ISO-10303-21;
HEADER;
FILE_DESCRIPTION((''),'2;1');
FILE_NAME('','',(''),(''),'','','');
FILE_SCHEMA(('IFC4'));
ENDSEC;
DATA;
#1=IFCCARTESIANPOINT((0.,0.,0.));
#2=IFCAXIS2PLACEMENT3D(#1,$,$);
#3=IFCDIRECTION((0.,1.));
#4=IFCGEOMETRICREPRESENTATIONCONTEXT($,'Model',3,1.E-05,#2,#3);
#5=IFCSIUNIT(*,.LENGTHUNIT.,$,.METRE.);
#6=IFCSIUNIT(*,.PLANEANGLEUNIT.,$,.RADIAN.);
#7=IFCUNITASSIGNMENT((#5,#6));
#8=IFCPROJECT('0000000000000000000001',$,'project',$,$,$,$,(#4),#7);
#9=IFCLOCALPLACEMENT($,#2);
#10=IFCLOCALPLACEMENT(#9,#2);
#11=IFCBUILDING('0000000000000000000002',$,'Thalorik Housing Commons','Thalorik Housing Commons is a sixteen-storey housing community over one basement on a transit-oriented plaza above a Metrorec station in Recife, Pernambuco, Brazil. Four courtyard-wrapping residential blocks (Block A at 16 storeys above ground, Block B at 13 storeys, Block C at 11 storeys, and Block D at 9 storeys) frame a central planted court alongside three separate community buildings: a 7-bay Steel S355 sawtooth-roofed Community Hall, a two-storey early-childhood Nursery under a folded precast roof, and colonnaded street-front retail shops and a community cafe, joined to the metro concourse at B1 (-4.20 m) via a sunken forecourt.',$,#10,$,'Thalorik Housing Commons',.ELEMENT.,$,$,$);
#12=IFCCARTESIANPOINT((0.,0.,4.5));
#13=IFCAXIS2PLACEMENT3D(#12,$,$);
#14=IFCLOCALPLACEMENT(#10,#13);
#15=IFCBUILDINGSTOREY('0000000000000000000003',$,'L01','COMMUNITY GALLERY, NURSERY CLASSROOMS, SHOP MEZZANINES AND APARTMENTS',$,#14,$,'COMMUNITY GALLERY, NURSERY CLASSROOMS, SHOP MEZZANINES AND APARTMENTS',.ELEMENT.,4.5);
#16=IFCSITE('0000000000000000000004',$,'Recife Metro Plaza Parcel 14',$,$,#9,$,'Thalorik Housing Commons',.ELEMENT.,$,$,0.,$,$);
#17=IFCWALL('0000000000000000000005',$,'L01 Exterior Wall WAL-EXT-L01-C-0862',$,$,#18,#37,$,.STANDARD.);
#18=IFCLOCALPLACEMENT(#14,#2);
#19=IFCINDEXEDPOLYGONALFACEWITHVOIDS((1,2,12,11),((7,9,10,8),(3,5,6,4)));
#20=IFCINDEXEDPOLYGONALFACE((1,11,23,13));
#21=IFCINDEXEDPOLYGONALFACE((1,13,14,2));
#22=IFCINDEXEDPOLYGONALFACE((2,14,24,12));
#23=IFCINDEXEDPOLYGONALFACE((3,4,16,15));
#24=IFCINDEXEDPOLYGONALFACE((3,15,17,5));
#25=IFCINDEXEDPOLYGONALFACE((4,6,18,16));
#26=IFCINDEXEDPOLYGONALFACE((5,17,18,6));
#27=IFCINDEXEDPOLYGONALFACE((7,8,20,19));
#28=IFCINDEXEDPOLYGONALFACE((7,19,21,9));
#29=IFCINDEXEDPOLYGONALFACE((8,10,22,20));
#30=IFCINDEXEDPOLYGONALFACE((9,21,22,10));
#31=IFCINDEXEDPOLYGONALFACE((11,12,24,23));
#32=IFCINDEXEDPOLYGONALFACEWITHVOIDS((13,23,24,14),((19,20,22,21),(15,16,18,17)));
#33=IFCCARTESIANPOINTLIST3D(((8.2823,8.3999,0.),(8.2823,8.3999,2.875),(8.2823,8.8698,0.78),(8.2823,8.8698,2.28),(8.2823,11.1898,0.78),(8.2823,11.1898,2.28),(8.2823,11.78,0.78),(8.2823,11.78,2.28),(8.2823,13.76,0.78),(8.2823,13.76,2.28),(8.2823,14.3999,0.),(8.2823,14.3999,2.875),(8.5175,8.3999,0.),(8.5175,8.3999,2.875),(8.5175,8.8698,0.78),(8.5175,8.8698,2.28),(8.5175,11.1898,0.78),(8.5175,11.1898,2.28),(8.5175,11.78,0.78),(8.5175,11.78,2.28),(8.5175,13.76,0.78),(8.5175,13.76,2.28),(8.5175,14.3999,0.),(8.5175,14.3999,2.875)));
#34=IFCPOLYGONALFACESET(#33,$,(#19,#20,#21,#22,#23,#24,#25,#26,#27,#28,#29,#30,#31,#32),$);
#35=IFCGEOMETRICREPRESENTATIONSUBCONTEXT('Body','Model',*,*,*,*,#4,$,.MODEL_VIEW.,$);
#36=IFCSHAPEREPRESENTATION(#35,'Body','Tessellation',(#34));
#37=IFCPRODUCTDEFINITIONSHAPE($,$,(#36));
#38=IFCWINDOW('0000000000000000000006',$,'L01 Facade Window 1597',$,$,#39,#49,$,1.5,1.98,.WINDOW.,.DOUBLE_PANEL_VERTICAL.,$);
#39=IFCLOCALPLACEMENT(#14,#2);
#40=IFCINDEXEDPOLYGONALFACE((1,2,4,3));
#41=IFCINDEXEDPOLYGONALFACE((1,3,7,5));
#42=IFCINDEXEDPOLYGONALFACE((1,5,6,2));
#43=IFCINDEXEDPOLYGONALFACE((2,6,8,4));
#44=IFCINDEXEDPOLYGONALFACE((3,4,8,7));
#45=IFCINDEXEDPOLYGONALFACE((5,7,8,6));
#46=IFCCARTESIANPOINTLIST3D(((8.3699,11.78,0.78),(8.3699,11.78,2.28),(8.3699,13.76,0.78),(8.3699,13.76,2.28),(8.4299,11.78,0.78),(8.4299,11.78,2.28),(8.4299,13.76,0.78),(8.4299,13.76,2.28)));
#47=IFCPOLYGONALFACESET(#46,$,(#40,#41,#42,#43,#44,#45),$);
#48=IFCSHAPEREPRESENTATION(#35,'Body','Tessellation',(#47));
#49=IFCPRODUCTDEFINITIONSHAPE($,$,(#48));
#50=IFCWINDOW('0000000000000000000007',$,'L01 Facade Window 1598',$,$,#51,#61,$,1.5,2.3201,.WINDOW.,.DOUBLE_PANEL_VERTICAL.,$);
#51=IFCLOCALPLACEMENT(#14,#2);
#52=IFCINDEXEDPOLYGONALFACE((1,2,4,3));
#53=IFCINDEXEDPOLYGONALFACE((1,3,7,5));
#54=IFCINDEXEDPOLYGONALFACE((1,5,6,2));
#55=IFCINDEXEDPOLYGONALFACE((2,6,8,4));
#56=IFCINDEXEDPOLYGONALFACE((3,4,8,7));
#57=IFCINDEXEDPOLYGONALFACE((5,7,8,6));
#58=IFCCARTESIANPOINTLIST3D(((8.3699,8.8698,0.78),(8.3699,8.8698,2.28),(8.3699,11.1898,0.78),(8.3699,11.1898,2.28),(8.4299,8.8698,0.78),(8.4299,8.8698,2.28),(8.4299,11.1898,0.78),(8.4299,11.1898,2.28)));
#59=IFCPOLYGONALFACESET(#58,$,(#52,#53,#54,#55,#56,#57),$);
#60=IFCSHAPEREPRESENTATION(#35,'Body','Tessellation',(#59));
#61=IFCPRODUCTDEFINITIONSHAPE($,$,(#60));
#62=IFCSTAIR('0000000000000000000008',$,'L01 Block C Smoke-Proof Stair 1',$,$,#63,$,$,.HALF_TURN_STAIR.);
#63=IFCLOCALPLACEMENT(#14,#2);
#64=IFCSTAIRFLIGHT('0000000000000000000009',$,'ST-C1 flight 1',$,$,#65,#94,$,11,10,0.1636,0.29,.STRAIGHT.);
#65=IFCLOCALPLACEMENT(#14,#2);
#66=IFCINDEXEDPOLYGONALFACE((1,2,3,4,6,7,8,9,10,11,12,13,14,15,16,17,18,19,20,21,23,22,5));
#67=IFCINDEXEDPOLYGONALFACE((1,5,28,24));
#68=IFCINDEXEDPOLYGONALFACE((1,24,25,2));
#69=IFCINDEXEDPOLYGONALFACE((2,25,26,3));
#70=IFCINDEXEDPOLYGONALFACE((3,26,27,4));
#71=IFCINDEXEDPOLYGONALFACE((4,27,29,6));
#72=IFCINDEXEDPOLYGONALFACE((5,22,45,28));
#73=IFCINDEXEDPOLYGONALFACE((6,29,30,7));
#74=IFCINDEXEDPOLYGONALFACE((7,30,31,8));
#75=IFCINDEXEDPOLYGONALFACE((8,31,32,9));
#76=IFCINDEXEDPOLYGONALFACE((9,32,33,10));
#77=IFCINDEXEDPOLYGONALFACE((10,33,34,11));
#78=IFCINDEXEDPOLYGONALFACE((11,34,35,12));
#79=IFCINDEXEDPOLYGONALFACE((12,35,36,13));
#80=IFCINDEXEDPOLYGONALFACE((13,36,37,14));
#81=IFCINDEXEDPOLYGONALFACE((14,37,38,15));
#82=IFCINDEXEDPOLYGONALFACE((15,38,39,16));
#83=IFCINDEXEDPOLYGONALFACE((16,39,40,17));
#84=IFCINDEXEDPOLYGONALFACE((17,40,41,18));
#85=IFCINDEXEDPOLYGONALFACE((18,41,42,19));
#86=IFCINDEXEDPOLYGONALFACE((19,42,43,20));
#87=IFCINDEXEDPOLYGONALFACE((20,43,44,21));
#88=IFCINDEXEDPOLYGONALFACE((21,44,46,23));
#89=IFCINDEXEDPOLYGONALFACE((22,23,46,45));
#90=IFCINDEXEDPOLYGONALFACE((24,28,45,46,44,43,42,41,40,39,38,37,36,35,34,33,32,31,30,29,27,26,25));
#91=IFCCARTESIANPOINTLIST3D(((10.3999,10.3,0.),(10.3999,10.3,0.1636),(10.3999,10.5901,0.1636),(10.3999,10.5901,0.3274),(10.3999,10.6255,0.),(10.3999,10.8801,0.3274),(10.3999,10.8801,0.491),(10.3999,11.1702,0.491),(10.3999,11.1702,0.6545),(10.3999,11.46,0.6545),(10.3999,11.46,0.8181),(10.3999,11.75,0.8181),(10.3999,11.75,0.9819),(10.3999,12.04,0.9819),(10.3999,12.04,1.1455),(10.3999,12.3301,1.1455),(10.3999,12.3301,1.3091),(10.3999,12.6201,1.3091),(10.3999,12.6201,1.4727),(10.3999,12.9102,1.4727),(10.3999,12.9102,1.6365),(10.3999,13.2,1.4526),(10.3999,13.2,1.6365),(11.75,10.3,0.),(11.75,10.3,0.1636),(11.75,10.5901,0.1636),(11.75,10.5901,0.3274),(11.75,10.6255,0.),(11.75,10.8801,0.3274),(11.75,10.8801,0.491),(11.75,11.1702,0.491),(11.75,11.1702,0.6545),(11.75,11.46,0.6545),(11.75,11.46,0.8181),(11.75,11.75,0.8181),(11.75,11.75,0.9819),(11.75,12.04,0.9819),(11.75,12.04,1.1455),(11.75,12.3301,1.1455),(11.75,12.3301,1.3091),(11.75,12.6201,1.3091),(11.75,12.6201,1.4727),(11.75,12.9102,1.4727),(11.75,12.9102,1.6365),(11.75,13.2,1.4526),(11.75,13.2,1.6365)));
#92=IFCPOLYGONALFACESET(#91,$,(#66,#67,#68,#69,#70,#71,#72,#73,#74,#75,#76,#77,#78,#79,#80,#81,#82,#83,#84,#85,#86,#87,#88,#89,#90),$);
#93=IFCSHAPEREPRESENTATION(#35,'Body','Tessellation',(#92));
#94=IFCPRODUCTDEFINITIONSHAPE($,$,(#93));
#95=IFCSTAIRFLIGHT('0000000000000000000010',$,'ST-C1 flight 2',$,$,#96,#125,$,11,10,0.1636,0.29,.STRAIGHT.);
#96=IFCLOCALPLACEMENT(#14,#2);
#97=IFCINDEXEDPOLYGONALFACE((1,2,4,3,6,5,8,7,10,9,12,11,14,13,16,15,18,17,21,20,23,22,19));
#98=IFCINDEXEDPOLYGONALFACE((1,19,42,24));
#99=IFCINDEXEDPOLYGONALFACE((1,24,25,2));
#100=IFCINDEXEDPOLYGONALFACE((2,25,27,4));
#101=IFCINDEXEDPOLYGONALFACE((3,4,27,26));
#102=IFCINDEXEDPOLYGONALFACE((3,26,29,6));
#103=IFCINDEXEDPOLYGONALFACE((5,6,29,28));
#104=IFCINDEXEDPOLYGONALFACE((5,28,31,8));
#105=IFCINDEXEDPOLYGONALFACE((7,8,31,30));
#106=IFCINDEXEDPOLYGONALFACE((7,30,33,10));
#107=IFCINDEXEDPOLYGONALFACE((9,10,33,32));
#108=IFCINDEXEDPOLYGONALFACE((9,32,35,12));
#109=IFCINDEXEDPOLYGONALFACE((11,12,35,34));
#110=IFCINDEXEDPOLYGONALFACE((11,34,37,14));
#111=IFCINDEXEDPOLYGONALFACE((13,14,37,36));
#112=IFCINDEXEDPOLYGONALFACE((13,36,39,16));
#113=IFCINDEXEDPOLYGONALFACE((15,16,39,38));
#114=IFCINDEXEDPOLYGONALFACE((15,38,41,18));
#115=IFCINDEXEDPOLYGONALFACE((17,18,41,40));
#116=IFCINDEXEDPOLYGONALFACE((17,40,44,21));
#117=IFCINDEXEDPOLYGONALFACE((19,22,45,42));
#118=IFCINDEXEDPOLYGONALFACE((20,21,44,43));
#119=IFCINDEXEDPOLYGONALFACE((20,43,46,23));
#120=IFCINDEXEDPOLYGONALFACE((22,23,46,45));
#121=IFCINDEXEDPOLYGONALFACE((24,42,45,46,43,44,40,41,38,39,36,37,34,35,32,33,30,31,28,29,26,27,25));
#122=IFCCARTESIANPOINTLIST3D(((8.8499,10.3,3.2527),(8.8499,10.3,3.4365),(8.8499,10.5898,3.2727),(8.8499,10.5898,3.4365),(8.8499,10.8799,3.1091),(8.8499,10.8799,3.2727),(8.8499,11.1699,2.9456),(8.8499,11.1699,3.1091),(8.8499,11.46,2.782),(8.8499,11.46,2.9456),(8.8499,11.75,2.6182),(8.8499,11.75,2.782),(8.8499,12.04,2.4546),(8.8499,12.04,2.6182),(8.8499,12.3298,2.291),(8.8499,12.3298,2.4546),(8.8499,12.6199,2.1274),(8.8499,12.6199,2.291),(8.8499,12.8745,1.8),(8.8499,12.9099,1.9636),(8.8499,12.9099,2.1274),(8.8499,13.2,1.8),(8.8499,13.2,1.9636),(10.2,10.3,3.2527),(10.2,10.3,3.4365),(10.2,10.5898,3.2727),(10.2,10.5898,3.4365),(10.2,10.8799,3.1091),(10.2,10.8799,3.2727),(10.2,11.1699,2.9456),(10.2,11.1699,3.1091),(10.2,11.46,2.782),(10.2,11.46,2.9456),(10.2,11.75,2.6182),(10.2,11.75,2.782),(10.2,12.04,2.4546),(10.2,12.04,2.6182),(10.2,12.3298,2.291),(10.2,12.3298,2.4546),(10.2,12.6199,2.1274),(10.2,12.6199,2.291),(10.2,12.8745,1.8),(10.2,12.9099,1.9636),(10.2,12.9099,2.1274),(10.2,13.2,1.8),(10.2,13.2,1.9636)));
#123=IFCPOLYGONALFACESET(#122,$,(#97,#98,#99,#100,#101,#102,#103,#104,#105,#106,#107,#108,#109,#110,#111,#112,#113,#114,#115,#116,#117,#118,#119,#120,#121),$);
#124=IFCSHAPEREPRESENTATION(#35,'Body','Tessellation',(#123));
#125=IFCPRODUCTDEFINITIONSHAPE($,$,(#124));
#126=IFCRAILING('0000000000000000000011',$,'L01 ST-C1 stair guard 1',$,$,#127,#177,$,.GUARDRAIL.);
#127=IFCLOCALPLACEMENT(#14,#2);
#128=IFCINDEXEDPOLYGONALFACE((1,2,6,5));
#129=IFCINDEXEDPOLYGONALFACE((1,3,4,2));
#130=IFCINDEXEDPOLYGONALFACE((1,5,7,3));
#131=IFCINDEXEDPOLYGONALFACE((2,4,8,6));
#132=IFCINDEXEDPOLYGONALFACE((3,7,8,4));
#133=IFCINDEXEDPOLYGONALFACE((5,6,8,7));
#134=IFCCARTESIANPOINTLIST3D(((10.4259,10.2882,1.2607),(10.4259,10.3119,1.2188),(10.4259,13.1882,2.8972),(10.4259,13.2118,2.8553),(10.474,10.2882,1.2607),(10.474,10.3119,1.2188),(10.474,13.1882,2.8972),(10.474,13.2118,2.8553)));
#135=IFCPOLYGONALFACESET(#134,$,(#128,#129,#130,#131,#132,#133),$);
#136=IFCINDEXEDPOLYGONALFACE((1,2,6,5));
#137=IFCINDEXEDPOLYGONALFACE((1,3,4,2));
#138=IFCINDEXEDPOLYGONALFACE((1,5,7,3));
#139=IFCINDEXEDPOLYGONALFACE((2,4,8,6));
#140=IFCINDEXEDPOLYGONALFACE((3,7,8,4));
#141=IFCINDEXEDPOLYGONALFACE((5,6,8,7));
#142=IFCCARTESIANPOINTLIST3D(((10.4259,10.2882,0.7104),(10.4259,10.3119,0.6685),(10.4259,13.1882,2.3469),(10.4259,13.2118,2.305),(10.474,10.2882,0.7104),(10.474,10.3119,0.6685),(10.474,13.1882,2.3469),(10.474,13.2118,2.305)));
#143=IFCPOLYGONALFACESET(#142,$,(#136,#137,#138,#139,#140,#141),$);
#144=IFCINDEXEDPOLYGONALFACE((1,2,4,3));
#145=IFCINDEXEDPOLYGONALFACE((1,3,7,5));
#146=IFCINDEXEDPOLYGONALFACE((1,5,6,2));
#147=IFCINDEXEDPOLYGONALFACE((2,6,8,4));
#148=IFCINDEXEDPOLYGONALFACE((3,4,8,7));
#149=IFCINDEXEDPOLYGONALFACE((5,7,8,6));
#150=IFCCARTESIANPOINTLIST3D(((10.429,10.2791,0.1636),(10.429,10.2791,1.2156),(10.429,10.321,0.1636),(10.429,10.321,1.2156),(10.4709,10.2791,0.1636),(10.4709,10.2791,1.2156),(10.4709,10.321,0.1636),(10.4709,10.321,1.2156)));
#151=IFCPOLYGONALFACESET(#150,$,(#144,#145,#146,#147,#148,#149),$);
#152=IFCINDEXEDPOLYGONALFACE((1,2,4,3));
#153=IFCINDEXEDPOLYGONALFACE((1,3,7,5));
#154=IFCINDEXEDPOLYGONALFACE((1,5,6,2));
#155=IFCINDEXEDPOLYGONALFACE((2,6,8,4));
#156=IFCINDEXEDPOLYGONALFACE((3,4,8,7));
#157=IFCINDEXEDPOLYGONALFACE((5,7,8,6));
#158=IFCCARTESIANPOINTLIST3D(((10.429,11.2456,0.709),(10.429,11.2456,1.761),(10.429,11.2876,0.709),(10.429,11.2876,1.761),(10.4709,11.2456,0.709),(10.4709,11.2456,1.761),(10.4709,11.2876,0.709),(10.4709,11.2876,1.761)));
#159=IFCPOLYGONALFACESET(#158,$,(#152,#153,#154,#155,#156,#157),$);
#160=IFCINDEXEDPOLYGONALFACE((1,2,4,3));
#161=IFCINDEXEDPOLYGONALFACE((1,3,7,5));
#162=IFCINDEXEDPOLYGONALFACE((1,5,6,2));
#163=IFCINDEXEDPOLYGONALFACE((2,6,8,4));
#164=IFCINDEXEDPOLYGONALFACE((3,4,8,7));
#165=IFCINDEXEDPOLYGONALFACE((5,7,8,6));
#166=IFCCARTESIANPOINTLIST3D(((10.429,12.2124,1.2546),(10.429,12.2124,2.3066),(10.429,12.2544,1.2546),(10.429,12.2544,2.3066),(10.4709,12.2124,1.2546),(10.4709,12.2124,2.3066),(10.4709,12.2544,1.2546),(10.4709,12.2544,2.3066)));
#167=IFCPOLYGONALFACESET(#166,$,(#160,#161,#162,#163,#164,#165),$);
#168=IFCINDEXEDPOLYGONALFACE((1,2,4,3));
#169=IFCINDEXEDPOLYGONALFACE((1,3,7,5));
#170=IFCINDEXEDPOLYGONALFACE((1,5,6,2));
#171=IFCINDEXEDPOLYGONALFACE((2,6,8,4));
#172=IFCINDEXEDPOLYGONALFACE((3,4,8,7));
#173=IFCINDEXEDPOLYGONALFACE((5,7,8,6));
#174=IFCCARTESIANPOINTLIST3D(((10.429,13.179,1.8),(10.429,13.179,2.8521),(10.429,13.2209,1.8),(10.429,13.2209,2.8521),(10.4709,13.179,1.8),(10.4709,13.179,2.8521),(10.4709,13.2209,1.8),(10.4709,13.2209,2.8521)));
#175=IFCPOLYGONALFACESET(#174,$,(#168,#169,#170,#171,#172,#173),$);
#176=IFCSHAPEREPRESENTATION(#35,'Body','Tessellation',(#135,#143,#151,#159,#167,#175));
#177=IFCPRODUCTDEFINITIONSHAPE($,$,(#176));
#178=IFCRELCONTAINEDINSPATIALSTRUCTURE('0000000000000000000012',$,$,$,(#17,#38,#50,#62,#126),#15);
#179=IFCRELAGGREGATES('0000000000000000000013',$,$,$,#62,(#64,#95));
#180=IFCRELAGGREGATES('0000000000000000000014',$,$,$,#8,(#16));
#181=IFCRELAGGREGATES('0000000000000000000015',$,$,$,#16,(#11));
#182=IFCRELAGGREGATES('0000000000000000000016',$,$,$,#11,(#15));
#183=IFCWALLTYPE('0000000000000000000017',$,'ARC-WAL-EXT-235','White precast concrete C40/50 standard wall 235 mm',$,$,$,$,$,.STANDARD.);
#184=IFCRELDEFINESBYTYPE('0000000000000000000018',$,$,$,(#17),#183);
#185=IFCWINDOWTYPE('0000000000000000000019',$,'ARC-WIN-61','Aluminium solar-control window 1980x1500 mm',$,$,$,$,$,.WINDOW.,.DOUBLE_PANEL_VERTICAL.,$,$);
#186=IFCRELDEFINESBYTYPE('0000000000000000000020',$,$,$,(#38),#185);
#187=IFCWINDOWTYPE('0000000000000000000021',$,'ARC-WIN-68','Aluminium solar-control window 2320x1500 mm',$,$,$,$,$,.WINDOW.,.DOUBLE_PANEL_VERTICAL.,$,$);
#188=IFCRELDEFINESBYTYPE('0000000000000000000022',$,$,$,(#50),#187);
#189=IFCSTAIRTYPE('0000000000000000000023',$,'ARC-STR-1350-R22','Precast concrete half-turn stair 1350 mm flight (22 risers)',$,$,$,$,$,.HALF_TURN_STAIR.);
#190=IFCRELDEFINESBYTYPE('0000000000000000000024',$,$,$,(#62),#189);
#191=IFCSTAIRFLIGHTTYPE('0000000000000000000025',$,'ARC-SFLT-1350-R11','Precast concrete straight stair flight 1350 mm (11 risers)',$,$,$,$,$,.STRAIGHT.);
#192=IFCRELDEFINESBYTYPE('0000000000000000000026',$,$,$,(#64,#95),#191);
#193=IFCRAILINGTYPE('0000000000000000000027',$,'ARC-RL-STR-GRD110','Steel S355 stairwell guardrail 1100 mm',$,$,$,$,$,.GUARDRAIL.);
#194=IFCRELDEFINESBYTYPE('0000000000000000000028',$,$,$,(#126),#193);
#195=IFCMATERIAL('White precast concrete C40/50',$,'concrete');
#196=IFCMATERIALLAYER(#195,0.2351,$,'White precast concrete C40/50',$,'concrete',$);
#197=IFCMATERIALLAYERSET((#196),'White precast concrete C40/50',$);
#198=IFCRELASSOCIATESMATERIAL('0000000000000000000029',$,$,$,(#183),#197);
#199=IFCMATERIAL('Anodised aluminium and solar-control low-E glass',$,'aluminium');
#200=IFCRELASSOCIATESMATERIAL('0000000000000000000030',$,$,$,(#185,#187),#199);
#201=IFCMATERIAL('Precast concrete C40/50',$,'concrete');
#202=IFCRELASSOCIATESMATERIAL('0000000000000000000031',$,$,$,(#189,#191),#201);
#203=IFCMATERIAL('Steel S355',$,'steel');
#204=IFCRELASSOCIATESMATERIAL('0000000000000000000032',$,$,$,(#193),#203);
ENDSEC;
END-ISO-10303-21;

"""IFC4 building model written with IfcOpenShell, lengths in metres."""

from ifc_helpers import new_model, si_unit, direction, frame, frame_2d, origin, origin_2d, place, context, subcontext, project, spatial, polyline, rectangle, outline, extrude, material, layer, layer_set, type_object, element, fill, aggregate, save


model = new_model("IFC4")

# Units and contexts
model_context = context("Model", 3, precision=1e-05, world=origin(), true_north=direction((0.0, 1.0)))
body_context = subcontext(model_context, "Body", "Model", "MODEL_VIEW")
ifc_project = project(units=[si_unit("LENGTHUNIT", "METRE"), si_unit("PLANEANGLEUNIT", "RADIAN")], contexts=[model_context])

# Site, building, storey
site_placement = place(None, origin())
site = spatial("IfcSite", under=ifc_project, at=site_placement, Name="Recife Metro Plaza Parcel 14", LongName="Thalorik Housing Commons", CompositionType="ELEMENT", RefElevation=0.0)
building_placement = place(site_placement, origin())
building = spatial("IfcBuilding", under=site, at=building_placement, Name="Thalorik Housing Commons", Description="Thalorik Housing Commons is a sixteen-storey housing community over one basement on a transit-oriented plaza above a Metrorec station in Recife, Pernambuco, Brazil. Four courtyard-wrapping residential blocks (Block A at 16 storeys above ground, Block B at 13 storeys, Block C at 11 storeys, and Block D at 9 storeys) frame a central planted court alongside three separate community buildings: a 7-bay Steel S355 sawtooth-roofed Community Hall, a two-storey early-childhood Nursery under a folded precast roof, and colonnaded street-front retail shops and a community cafe, joined to the metro concourse at B1 (-4.20 m) via a sunken forecourt.", LongName="Thalorik Housing Commons", CompositionType="ELEMENT")
storey_placement = place(building_placement, frame((0.0, 0.0, 4.5)))
storey = spatial("IfcBuildingStorey", under=building, at=storey_placement, Name="L01", Description="COMMUNITY GALLERY, NURSERY CLASSROOMS, SHOP MEZZANINES AND APARTMENTS", LongName="COMMUNITY GALLERY, NURSERY CLASSROOMS, SHOP MEZZANINES AND APARTMENTS", CompositionType="ELEMENT", Elevation=4.5)

# Shared definitions
ifc_material_1 = material(Name="Precast concrete C40/50", Category="concrete")

# Shared definitions
ifc_material_2 = material(Name="Steel S355", Category="steel")

# Wall, openings, windows
ifc_material_3 = material(Name="White precast concrete C40/50", Category="concrete")
ifc_layer_1 = layer(ifc_material_3, 0.2351, Name="White precast concrete C40/50", Category="concrete")
ifc_layer_set_1 = layer_set([ifc_layer_1], Name="White precast concrete C40/50")
wall_type_1 = type_object("IfcWallType", Name="ARC-WAL-EXT-235", Description="White precast concrete C40/50 standard wall 235 mm", PredefinedType="STANDARD", material=ifc_layer_set_1)
wall_1_placement = place(storey_placement, frame((8.3999, 14.3999, 0.0), z_axis=(0.0, 0.0, 1.0), x_axis=(0.0, -1.0, 0.0)))
wall_1 = element("IfcWall", 1, at=wall_1_placement, inside=storey, type_object=wall_type_1, Name="L01 Exterior Wall WAL-EXT-L01-C-0862", PredefinedType="STANDARD", context=body_context, shape_type="SweptSolid", body=[
    extrude(rectangle(XDim=6.0, YDim=0.2351, at=frame_2d((3.0, 0.0))), origin(), (0.0, 0.0, 1.0), 2.875),
])
opening_1_placement = place(wall_1_placement, frame((0.6399, 0.0, 0.78)))
opening_1 = element("IfcOpeningElement", 2, at=opening_1_placement, cuts=wall_1, PredefinedType="OPENING", context=body_context, shape_type="SweptSolid", body=[
    extrude(rectangle(XDim=1.98, YDim=1.5, at=frame_2d((0.99, 0.75))), frame((0.0, 0.1274, 0.0), z_axis=(0.0, -1.0, 0.0), x_axis=(1.0, 0.0, 0.0)), (0.0, 0.0, 1.0), 0.2551),
])
opening_2_placement = place(wall_1_placement, frame((3.21, 0.0, 0.78)))
opening_2 = element("IfcOpeningElement", 3, at=opening_2_placement, cuts=wall_1, PredefinedType="OPENING", context=body_context, shape_type="SweptSolid", body=[
    extrude(rectangle(XDim=2.3201, YDim=1.5, at=frame_2d((1.1602, 0.75))), frame((0.0, 0.1274, 0.0), z_axis=(0.0, -1.0, 0.0), x_axis=(1.0, 0.0, 0.0)), (0.0, 0.0, 1.0), 0.2551),
])
ifc_material_4 = material(Name="Anodised aluminium and solar-control low-E glass", Category="aluminium")
window_type_1 = type_object("IfcWindowType", Name="ARC-WIN-61", Description="Aluminium solar-control window 1980x1500 mm", PartitioningType="DOUBLE_PANEL_VERTICAL", PredefinedType="WINDOW", material=ifc_material_4)
window_1_placement = place(opening_1_placement, origin())
window_1 = element("IfcWindow", 4, at=window_1_placement, inside=storey, type_object=window_type_1, Name="L01 Facade Window 1597", OverallHeight=1.5, OverallWidth=1.98, PartitioningType="DOUBLE_PANEL_VERTICAL", PredefinedType="WINDOW", context=body_context, shape_type="SweptSolid", body=[
    extrude(rectangle(XDim=1.98, YDim=1.5, at=frame_2d((0.99, 0.75))), frame((0.0, 0.03, 0.0), z_axis=(0.0, -1.0, 0.0), x_axis=(1.0, 0.0, 0.0)), (0.0, 0.0, 1.0), 0.0601),
])
fill(opening_1, window_1)
window_type_2 = type_object("IfcWindowType", Name="ARC-WIN-68", Description="Aluminium solar-control window 2320x1500 mm", PartitioningType="DOUBLE_PANEL_VERTICAL", PredefinedType="WINDOW", material=ifc_material_4)
window_2_placement = place(opening_2_placement, origin())
window_2 = element("IfcWindow", 5, at=window_2_placement, inside=storey, type_object=window_type_2, Name="L01 Facade Window 1598", OverallHeight=1.5, OverallWidth=2.3201, PartitioningType="DOUBLE_PANEL_VERTICAL", PredefinedType="WINDOW", context=body_context, shape_type="SweptSolid", body=[
    extrude(rectangle(XDim=2.3201, YDim=1.5, at=frame_2d((1.1602, 0.75))), frame((0.0, 0.03, 0.0), z_axis=(0.0, -1.0, 0.0), x_axis=(1.0, 0.0, 0.0)), (0.0, 0.0, 1.0), 0.0601),
])
fill(opening_2, window_2)

# Stair, stair flights
stair_type = type_object("IfcStairType", Name="ARC-STR-1350-R22", Description="Precast concrete half-turn stair 1350 mm flight (22 risers)", PredefinedType="HALF_TURN_STAIR", material=ifc_material_1)
stair_placement = place(storey_placement, origin())
stair = element("IfcStair", 6, at=stair_placement, inside=storey, type_object=stair_type, Name="L01 Block C Smoke-Proof Stair 1", PredefinedType="HALF_TURN_STAIR")
stair_flight_type = type_object("IfcStairFlightType", Name="ARC-SFLT-1350-R11", Description="Precast concrete straight stair flight 1350 mm (11 risers)", PredefinedType="STRAIGHT", material=ifc_material_1)
stair_flight_1_placement = place(storey_placement, frame((11.075, 10.3, 0.0), z_axis=(0.0, 0.0, 1.0), x_axis=(0.0, 1.0, 0.0)))
stair_flight_1 = element("IfcStairFlight", 7, at=stair_flight_1_placement, type_object=stair_flight_type, Name="ST-C1 flight 1", NumberOfRisers=11, NumberOfTreads=10, PredefinedType="STRAIGHT", RiserHeight=0.1636, TreadLength=0.29, context=body_context, shape_type="SweptSolid", body=[
    extrude(outline(polyline([(0.0, 0.0), (0.0, 0.1636), (0.29, 0.1636), (0.29, 0.3274), (0.5801, 0.3274), (0.5801, 0.491), (0.8701, 0.491), (0.8701, 0.6545), (1.1599, 0.6545), (1.1599, 0.8181), (1.45, 0.8181), (1.45, 0.9819), (1.74, 0.9819), (1.74, 1.1455), (2.03, 1.1455), (2.03, 1.3091), (2.3201, 1.3091), (2.3201, 1.4727), (2.6101, 1.4727), (2.6101, 1.6365), (2.8999, 1.6365), (2.8999, 1.8), (2.8999, 1.4526), (0.3254, 0.0), (0.0, 0.0)])), frame((0.0, 0.675, 0.0), z_axis=(0.0, -1.0, 0.0), x_axis=(1.0, 0.0, 0.0)), (0.0, 0.0, 1.0), 1.3501),
])
stair_flight_2_placement = place(storey_placement, frame((9.5249, 13.2, 1.8), z_axis=(0.0, 0.0, 1.0), x_axis=(0.0, -1.0, 0.0)))
stair_flight_2 = element("IfcStairFlight", 8, at=stair_flight_2_placement, type_object=stair_flight_type, Name="ST-C1 flight 2", NumberOfRisers=11, NumberOfTreads=10, PredefinedType="STRAIGHT", RiserHeight=0.1636, TreadLength=0.29, context=body_context, shape_type="SweptSolid", body=[
    extrude(outline(polyline([(0.0, 0.0), (0.0, 0.1636), (0.29, 0.1636), (0.29, 0.3274), (0.5801, 0.3274), (0.5801, 0.491), (0.8701, 0.491), (0.8701, 0.6545), (1.1599, 0.6545), (1.1599, 0.8181), (1.45, 0.8181), (1.45, 0.9819), (1.74, 0.9819), (1.74, 1.1455), (2.03, 1.1455), (2.03, 1.3091), (2.3201, 1.3091), (2.3201, 1.4727), (2.6101, 1.4727), (2.6101, 1.6365), (2.8999, 1.6365), (2.8999, 1.8), (2.8999, 1.4526), (0.3254, 0.0), (0.0, 0.0)])), frame((0.0, 0.675, 0.0), z_axis=(0.0, -1.0, 0.0), x_axis=(1.0, 0.0, 0.0)), (0.0, 0.0, 1.0), 1.3501),
])
aggregate(stair, [stair_flight_1, stair_flight_2])

# Railing
railing_type_1 = type_object("IfcRailingType", Name="ARC-RL-STR-GRD110", Description="Steel S355 stairwell guardrail 1100 mm", PredefinedType="GUARDRAIL", material=ifc_material_2)
railing_1_placement = place(storey_placement, frame((10.45, 10.3, 0.1636)))
element("IfcRailing", 9, at=railing_1_placement, inside=storey, type_object=railing_type_1, Name="L01 ST-C1 stair guard 1", PredefinedType="GUARDRAIL", context=body_context, shape_type="SweptSolid", body=[
    extrude(rectangle(XDim=0.0481, YDim=0.0481, at=origin_2d()), frame((0.0, 0.0, 1.0762), z_axis=(0.0, 0.870897, 0.491465), x_axis=(-1.0, 0.0, 0.0)), (0.0, 0.0, 1.0), 3.3298),
    extrude(rectangle(XDim=0.0481, YDim=0.0481, at=origin_2d()), frame((0.0, 0.0, 0.5259), z_axis=(0.0, 0.870897, 0.491465), x_axis=(-1.0, 0.0, 0.0)), (0.0, 0.0, 1.0), 3.3298),
    extrude(rectangle(XDim=0.042, YDim=0.042, at=origin_2d()), origin(), (0.0, 0.0, 1.0), 1.052),
    extrude(rectangle(XDim=0.042, YDim=0.042, at=origin_2d()), frame((0.0, 0.9666, 0.5454)), (0.0, 0.0, 1.0), 1.052),
    extrude(rectangle(XDim=0.042, YDim=0.042, at=origin_2d()), frame((0.0, 1.9333, 1.0911)), (0.0, 0.0, 1.0), 1.052),
    extrude(rectangle(XDim=0.042, YDim=0.042, at=origin_2d()), frame((0.0, 2.8999, 1.6365)), (0.0, 0.0, 1.0), 1.052),
])

save(model, "model.ifc")
